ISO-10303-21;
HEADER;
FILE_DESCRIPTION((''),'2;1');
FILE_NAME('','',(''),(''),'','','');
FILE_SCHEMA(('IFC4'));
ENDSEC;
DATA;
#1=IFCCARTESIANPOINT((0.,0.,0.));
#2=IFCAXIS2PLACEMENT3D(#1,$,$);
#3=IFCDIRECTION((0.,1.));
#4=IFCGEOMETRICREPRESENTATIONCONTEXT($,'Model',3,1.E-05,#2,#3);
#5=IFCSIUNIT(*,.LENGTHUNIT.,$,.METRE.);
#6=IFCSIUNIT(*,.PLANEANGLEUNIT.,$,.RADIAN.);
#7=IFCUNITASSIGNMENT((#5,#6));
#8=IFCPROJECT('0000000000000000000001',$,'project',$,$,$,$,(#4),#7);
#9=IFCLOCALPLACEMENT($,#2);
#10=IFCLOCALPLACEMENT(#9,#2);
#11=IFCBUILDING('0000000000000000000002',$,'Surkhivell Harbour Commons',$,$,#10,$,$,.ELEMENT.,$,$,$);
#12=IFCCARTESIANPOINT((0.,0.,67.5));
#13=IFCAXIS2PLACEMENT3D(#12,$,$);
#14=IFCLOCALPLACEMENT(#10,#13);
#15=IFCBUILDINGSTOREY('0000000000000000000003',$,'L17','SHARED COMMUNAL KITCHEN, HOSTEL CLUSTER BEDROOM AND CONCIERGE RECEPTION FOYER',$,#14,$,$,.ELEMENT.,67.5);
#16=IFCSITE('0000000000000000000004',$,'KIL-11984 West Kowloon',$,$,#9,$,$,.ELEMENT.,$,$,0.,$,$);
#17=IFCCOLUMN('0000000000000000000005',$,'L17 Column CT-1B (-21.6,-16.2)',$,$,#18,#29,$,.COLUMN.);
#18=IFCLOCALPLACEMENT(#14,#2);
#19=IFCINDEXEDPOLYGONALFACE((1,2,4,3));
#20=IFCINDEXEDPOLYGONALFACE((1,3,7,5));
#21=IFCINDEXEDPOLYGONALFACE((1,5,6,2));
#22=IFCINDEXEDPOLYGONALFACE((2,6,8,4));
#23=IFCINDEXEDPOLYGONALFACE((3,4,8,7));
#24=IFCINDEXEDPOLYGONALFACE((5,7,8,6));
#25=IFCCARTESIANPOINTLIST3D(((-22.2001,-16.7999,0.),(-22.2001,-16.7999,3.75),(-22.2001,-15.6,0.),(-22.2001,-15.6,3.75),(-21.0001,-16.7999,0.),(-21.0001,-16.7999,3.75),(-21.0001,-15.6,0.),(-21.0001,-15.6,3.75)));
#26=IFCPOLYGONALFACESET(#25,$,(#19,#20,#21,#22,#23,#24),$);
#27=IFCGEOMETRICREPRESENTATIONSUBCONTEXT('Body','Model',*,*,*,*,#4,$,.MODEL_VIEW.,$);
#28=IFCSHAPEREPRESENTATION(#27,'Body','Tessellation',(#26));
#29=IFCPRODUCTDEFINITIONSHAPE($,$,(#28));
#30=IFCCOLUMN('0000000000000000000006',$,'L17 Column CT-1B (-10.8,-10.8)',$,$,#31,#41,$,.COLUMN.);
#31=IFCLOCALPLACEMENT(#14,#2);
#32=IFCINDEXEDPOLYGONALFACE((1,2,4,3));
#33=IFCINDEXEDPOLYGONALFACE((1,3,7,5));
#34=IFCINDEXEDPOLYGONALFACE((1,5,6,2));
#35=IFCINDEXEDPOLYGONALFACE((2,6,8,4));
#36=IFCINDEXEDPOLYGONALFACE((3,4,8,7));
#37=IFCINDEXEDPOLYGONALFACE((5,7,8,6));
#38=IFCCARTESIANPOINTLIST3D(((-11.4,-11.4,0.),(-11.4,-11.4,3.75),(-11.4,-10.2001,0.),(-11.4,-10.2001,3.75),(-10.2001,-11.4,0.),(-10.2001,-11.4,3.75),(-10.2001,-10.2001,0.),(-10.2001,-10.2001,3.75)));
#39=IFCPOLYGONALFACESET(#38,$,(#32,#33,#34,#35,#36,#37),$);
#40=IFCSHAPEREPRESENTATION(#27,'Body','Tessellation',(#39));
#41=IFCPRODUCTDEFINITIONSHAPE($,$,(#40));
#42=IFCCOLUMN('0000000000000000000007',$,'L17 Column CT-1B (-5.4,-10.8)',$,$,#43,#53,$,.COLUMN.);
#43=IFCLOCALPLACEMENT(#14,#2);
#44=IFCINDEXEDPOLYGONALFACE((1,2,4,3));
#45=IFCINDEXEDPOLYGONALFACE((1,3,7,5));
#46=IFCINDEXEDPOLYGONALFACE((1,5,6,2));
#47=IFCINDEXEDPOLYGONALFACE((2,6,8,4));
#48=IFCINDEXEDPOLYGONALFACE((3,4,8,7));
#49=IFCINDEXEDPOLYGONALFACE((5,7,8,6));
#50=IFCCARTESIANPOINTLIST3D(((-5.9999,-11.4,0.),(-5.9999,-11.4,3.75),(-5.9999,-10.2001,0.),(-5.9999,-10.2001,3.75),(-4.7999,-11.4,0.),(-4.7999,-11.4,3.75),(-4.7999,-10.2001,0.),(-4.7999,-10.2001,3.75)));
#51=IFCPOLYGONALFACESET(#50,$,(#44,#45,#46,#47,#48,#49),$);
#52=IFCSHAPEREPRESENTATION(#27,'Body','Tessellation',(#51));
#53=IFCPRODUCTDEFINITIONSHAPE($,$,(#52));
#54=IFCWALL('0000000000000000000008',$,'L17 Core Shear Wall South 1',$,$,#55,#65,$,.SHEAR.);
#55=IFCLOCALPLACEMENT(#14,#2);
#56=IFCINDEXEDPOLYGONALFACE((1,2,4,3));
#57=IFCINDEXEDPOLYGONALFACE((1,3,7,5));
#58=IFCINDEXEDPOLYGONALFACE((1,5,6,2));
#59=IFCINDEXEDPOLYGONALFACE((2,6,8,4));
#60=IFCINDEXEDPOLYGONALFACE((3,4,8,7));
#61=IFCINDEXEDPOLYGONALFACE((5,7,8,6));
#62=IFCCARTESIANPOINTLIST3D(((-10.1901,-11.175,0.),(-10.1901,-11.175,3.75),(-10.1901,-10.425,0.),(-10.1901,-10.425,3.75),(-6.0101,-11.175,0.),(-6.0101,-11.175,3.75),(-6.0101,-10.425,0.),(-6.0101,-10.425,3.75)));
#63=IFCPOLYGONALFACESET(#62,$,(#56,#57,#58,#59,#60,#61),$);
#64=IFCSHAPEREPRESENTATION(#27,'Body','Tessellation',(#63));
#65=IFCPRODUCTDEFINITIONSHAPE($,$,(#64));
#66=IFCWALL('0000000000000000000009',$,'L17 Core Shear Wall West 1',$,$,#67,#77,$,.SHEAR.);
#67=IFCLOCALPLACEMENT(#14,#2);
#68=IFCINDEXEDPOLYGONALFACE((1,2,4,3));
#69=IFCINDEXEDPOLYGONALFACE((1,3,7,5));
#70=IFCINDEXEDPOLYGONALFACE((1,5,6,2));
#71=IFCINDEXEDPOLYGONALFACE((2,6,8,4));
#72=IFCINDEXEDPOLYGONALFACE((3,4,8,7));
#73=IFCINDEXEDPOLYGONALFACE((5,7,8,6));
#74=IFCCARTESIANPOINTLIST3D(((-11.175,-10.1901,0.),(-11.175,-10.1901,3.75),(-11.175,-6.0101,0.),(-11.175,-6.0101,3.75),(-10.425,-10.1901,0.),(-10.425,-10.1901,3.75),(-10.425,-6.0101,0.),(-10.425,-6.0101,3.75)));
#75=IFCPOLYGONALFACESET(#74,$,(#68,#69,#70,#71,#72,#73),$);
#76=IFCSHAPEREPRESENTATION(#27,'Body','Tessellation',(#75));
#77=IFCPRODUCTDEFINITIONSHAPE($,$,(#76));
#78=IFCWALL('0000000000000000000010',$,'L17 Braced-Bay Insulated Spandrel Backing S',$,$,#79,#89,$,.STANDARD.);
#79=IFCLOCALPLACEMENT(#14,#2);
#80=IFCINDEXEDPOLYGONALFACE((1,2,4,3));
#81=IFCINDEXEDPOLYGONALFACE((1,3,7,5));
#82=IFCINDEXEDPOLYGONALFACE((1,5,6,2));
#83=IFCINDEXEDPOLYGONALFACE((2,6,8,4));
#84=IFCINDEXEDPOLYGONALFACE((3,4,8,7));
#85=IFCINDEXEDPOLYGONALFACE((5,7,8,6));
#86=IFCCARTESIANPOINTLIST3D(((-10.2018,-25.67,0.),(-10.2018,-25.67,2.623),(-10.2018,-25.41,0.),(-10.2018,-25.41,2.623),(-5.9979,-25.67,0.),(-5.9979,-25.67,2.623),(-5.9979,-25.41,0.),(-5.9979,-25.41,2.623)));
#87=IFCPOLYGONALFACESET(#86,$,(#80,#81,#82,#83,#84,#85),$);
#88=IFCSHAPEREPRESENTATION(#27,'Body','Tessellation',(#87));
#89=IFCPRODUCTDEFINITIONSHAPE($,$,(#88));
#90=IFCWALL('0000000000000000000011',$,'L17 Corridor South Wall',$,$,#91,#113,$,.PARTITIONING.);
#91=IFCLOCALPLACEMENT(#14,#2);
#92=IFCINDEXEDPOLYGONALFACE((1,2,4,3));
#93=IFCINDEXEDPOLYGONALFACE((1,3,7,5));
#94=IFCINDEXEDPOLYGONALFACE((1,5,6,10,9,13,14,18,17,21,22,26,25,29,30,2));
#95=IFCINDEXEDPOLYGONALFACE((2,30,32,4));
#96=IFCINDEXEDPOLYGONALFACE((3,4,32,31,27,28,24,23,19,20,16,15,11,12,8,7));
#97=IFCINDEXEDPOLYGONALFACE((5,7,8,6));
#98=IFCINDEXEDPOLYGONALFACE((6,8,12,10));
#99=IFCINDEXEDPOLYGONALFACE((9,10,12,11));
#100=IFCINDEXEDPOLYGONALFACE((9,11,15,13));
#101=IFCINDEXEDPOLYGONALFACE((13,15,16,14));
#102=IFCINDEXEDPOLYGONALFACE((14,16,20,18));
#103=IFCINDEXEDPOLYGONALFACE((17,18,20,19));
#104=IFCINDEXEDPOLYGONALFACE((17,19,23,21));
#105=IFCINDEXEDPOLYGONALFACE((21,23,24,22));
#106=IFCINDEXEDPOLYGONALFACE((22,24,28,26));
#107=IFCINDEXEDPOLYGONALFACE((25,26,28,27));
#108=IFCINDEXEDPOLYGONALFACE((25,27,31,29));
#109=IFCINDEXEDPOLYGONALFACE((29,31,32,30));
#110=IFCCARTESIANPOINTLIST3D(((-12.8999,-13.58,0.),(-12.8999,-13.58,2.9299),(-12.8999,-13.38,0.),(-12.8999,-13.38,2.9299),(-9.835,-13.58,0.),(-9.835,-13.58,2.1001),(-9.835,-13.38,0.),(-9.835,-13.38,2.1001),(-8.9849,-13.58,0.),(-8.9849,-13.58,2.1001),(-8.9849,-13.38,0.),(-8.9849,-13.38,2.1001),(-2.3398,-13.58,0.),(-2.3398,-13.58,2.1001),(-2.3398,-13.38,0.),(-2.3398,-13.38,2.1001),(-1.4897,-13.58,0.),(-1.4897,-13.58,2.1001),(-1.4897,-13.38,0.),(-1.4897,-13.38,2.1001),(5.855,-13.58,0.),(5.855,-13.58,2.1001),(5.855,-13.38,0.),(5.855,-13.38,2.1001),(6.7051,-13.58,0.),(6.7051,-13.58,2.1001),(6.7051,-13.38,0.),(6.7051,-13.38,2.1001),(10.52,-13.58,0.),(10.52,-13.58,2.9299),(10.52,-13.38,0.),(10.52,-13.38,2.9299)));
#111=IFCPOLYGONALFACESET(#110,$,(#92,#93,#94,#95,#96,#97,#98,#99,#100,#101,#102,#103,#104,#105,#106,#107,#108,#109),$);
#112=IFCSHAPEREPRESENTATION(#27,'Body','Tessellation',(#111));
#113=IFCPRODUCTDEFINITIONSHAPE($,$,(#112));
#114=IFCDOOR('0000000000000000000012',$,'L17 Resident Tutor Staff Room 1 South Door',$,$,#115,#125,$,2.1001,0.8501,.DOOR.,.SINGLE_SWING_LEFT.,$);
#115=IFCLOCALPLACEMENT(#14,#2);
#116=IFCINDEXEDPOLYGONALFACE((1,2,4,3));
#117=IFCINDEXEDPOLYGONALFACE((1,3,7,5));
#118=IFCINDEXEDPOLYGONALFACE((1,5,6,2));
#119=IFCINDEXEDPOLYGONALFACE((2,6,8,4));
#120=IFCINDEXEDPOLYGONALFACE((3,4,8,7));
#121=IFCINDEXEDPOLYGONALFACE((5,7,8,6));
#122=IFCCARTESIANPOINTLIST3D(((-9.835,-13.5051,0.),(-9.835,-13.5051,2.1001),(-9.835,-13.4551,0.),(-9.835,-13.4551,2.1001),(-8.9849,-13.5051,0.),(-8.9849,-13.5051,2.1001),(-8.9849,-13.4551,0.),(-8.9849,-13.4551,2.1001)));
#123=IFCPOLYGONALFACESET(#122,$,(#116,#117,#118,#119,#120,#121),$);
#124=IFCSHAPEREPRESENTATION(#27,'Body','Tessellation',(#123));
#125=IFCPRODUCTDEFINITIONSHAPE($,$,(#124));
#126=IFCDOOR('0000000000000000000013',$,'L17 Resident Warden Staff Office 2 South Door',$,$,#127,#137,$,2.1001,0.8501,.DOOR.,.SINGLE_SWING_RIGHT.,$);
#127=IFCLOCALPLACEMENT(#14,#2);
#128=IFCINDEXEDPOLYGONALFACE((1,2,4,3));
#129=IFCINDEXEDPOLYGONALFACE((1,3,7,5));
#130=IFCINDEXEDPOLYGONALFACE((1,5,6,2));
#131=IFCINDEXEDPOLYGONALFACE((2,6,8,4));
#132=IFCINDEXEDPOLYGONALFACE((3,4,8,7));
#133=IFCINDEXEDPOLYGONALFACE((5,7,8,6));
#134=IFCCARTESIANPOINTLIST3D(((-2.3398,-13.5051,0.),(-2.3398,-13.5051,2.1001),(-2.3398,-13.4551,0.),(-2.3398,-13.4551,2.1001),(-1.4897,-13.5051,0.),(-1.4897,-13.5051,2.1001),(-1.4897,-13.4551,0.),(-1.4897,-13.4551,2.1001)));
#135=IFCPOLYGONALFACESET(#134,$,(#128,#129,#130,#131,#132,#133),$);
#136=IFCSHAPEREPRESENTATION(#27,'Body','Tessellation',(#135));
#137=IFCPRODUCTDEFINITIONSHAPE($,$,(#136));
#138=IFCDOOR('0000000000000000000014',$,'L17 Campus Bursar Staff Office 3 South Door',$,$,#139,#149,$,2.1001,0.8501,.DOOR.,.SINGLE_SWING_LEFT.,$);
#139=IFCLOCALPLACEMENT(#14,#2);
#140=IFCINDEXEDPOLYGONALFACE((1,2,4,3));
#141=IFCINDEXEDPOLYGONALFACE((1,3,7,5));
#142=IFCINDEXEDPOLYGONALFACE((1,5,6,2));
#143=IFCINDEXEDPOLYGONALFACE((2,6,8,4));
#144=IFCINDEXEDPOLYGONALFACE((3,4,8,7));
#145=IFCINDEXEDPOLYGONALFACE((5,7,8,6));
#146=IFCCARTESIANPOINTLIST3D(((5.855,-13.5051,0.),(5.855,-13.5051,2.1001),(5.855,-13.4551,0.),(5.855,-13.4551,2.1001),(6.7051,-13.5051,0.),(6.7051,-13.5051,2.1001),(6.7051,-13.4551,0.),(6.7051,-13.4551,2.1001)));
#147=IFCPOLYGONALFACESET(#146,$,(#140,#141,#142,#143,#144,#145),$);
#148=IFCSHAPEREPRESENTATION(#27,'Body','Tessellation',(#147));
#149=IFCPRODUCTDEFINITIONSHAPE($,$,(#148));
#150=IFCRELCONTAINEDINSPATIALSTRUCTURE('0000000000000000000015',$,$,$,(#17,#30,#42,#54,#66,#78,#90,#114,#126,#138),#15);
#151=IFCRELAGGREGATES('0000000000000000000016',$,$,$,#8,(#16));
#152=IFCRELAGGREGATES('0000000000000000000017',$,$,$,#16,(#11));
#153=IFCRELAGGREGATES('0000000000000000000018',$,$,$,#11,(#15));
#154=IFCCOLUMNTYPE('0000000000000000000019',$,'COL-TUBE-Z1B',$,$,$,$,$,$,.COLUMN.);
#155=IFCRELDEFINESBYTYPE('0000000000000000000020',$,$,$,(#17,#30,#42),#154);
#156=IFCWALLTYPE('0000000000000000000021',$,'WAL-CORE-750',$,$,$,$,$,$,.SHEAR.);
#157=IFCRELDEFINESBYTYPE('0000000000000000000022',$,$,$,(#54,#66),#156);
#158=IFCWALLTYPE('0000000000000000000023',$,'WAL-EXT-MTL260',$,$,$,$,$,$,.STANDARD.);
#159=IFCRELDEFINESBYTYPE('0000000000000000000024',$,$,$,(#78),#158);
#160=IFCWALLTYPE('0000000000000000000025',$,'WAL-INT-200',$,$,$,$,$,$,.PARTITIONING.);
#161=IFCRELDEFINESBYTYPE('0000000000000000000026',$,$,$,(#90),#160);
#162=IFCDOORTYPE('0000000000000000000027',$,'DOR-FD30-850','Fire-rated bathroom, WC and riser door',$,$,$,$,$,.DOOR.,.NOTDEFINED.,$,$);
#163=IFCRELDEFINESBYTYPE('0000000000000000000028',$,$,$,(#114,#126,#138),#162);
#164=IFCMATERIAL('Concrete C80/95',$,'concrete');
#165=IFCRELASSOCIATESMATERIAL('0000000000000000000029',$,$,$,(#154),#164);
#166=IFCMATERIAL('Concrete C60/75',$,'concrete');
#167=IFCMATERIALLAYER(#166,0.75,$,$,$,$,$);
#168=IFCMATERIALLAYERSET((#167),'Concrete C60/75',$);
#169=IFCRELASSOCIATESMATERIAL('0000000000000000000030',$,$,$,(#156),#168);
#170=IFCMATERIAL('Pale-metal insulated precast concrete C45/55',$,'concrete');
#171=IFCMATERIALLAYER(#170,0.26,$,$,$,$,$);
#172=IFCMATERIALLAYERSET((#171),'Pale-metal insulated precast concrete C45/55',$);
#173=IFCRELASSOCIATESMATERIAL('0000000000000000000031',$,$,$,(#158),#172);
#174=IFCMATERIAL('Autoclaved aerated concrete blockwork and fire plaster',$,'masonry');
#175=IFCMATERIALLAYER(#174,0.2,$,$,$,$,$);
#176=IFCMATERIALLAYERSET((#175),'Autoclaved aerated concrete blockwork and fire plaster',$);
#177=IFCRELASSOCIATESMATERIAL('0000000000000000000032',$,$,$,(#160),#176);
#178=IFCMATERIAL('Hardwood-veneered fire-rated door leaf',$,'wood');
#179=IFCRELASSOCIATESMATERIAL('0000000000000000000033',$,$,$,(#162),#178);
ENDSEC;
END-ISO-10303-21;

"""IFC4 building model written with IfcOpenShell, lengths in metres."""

from ifc_helpers import new_model, si_unit, direction, frame, frame_2d, origin, origin_2d, place, context, subcontext, project, spatial, rectangle, extrude, material, layer, layer_set, material_profile, profile_set, type_object, element, fill, save


model = new_model("IFC4")

# Units and contexts
model_context = context("Model", 3, precision=1e-05, world=origin(), true_north=direction((0.0, 1.0)))
body_context = subcontext(model_context, "Body", "Model", "MODEL_VIEW")
ifc_project = project(units=[si_unit("LENGTHUNIT", "METRE"), si_unit("PLANEANGLEUNIT", "RADIAN")], contexts=[model_context])

# Site, building, storey
site_placement = place(None, origin())
site = spatial("IfcSite", under=ifc_project, at=site_placement, Name="KIL-11984 West Kowloon", CompositionType="ELEMENT", RefElevation=0.0)
building_placement = place(site_placement, origin())
building = spatial("IfcBuilding", under=site, at=building_placement, Name="Surkhivell Harbour Commons", CompositionType="ELEMENT")
storey_placement = place(building_placement, frame((0.0, 0.0, 67.5)))
storey = spatial("IfcBuildingStorey", under=building, at=storey_placement, Name="L17", Description="SHARED COMMUNAL KITCHEN, HOSTEL CLUSTER BEDROOM AND CONCIERGE RECEPTION FOYER", CompositionType="ELEMENT", Elevation=67.5)

# Columns
ifc_material_1 = material(Name="Concrete C80/95", Category="concrete")
ifc_material_profile = material_profile(ifc_material_1, rectangle(XDim=1.2, YDim=1.2, at=origin_2d()), Name="RC-COL-1200x1200")
ifc_profile_set = profile_set([ifc_material_profile], Name="Concrete C80/95")
column_type = type_object("IfcColumnType", Name="COL-TUBE-Z1B", PredefinedType="COLUMN", material=ifc_profile_set)
for number, where, z_axis, x_axis, name in (
    (1, (-21.6001, -16.2, 0.0), (0.0, 0.0, 1.0), (1.0, 0.0, 0.0), "L17 Column CT-1B (-21.6,-16.2)"),
    (2, (-10.8, -10.8, 0.0), (0.0, 0.0, 1.0), (1.0, 0.0, 0.0), "L17 Column CT-1B (-10.8,-10.8)"),
    (3, (-5.3999, -10.8, 0.0), (0.0, 0.0, 1.0), (1.0, 0.0, 0.0), "L17 Column CT-1B (-5.4,-10.8)"),
):
    element("IfcColumn", number, at=place(storey_placement, frame(where, z_axis=z_axis, x_axis=x_axis)), inside=storey, type_object=column_type, Name=name, PredefinedType="COLUMN", context=body_context, shape_type="SweptSolid", body=[
        extrude(rectangle(XDim=1.2, YDim=1.2, at=origin_2d()), origin(), (0.0, 0.0, 1.0), 3.75),
    ])

# Walls
ifc_material_2 = material(Name="Concrete C60/75", Category="concrete")
ifc_layer_1 = layer(ifc_material_2, 0.75)
ifc_layer_set_1 = layer_set([ifc_layer_1], Name="Concrete C60/75")
wall_type_1 = type_object("IfcWallType", Name="WAL-CORE-750", PredefinedType="SHEAR", material=ifc_layer_set_1)
for number, where, z_axis, x_axis, name in (
    (4, (-10.1899, -10.8, 0.0), (0.0, 0.0, 1.0), (1.0, 0.0, 0.0), "L17 Core Shear Wall South 1"),
    (5, (-10.8, -10.1899, 0.0), (0.0, 0.0, 1.0), (0.0, 1.0, 0.0), "L17 Core Shear Wall West 1"),
):
    element("IfcWall", number, at=place(storey_placement, frame(where, z_axis=z_axis, x_axis=x_axis)), inside=storey, type_object=wall_type_1, Name=name, PredefinedType="SHEAR", context=body_context, shape_type="SweptSolid", body=[
        extrude(rectangle(XDim=4.1799, YDim=0.75, at=frame_2d((2.0898, 0.0))), origin(), (0.0, 0.0, 1.0), 3.75),
    ])
ifc_material_3 = material(Name="Pale-metal insulated precast concrete C45/55", Category="concrete")
ifc_layer_2 = layer(ifc_material_3, 0.26)
ifc_layer_set_2 = layer_set([ifc_layer_2], Name="Pale-metal insulated precast concrete C45/55")
wall_type_2 = type_object("IfcWallType", Name="WAL-EXT-MTL260", PredefinedType="STANDARD", material=ifc_layer_set_2)
wall_1_placement = place(storey_placement, frame((-10.2019, -25.54, 0.0), z_axis=(0.0, 0.0, 1.0), x_axis=(1.0, 0.0, 0.0)))
element("IfcWall", 6, at=wall_1_placement, inside=storey, type_object=wall_type_2, Name="L17 Braced-Bay Insulated Spandrel Backing S", PredefinedType="STANDARD", context=body_context, shape_type="SweptSolid", body=[
    extrude(rectangle(XDim=4.2039, YDim=0.26, at=frame_2d((2.1021, 0.0))), origin(), (0.0, 0.0, 1.0), 2.623),
])

# Wall, openings, doors
ifc_material_4 = material(Name="Autoclaved aerated concrete blockwork and fire plaster", Category="masonry")
ifc_layer_3 = layer(ifc_material_4, 0.2)
ifc_layer_set_3 = layer_set([ifc_layer_3], Name="Autoclaved aerated concrete blockwork and fire plaster")
wall_type_3 = type_object("IfcWallType", Name="WAL-INT-200", PredefinedType="PARTITIONING", material=ifc_layer_set_3)
wall_2_placement = place(storey_placement, frame((-12.8999, -13.48, 0.0), z_axis=(0.0, 0.0, 1.0), x_axis=(1.0, 0.0, 0.0)))
wall_2 = element("IfcWall", 7, at=wall_2_placement, inside=storey, type_object=wall_type_3, Name="L17 Corridor South Wall", PredefinedType="PARTITIONING", context=body_context, shape_type="SweptSolid", body=[
    extrude(rectangle(XDim=23.4199, YDim=0.2, at=frame_2d((11.71, 0.0))), origin(), (0.0, 0.0, 1.0), 2.9299),
])
opening_1_placement = place(wall_2_placement, frame((3.0649, 0.0, 0.0)))
opening_1 = element("IfcOpeningElement", 8, at=opening_1_placement, cuts=wall_2, PredefinedType="OPENING", context=body_context, shape_type="SweptSolid", body=[
    extrude(rectangle(XDim=0.8501, YDim=2.1001, at=frame_2d((0.425, 1.05))), frame((0.0, 0.1099, 0.0), z_axis=(0.0, -1.0, 0.0), x_axis=(1.0, 0.0, 0.0)), (0.0, 0.0, 1.0), 0.22),
])
opening_2_placement = place(wall_2_placement, frame((10.5601, 0.0, 0.0)))
opening_2 = element("IfcOpeningElement", 9, at=opening_2_placement, cuts=wall_2, PredefinedType="OPENING", context=body_context, shape_type="SweptSolid", body=[
    extrude(rectangle(XDim=0.8501, YDim=2.1001, at=frame_2d((0.425, 1.05))), frame((0.0, 0.1099, 0.0), z_axis=(0.0, -1.0, 0.0), x_axis=(1.0, 0.0, 0.0)), (0.0, 0.0, 1.0), 0.22),
])
opening_3_placement = place(wall_2_placement, frame((18.7549, 0.0, 0.0)))
opening_3 = element("IfcOpeningElement", 10, at=opening_3_placement, cuts=wall_2, PredefinedType="OPENING", context=body_context, shape_type="SweptSolid", body=[
    extrude(rectangle(XDim=0.8501, YDim=2.1001, at=frame_2d((0.425, 1.05))), frame((0.0, 0.1099, 0.0), z_axis=(0.0, -1.0, 0.0), x_axis=(1.0, 0.0, 0.0)), (0.0, 0.0, 1.0), 0.22),
])
ifc_material_5 = material(Name="Hardwood-veneered fire-rated door leaf", Category="wood")
door_type_1 = type_object("IfcDoorType", Name="DOR-FD30-850", Description="Fire-rated bathroom, WC and riser door", OperationType="NOTDEFINED", PredefinedType="DOOR", material=ifc_material_5)
door_1_placement = place(opening_1_placement, origin())
door_1 = element("IfcDoor", 11, at=door_1_placement, inside=storey, type_object=door_type_1, Name="L17 Resident Tutor Staff Room 1 South Door", OperationType="SINGLE_SWING_LEFT", OverallHeight=2.1001, OverallWidth=0.8501, PredefinedType="DOOR", context=body_context, shape_type="SweptSolid", body=[
    extrude(rectangle(XDim=0.8501, YDim=2.1001, at=frame_2d((0.425, 1.05))), frame((0.0, 0.0249, 0.0), z_axis=(0.0, -1.0, 0.0), x_axis=(1.0, 0.0, 0.0)), (0.0, 0.0, 1.0), 0.05),
])
fill(opening_1, door_1)
door_2_placement = place(opening_2_placement, origin())
door_2 = element("IfcDoor", 12, at=door_2_placement, inside=storey, type_object=door_type_1, Name="L17 Resident Warden Staff Office 2 South Door", OperationType="SINGLE_SWING_RIGHT", OverallHeight=2.1001, OverallWidth=0.8501, PredefinedType="DOOR", context=body_context, shape_type="SweptSolid", body=[
    extrude(rectangle(XDim=0.8501, YDim=2.1001, at=frame_2d((0.425, 1.05))), frame((0.0, 0.0249, 0.0), z_axis=(0.0, -1.0, 0.0), x_axis=(1.0, 0.0, 0.0)), (0.0, 0.0, 1.0), 0.05),
])
fill(opening_2, door_2)
door_3_placement = place(opening_3_placement, origin())
door_3 = element("IfcDoor", 13, at=door_3_placement, inside=storey, type_object=door_type_1, Name="L17 Campus Bursar Staff Office 3 South Door", OperationType="SINGLE_SWING_LEFT", OverallHeight=2.1001, OverallWidth=0.8501, PredefinedType="DOOR", context=body_context, shape_type="SweptSolid", body=[
    extrude(rectangle(XDim=0.8501, YDim=2.1001, at=frame_2d((0.425, 1.05))), frame((0.0, 0.0249, 0.0), z_axis=(0.0, -1.0, 0.0), x_axis=(1.0, 0.0, 0.0)), (0.0, 0.0, 1.0), 0.05),
])
fill(opening_3, door_3)

save(model, "model.ifc")
